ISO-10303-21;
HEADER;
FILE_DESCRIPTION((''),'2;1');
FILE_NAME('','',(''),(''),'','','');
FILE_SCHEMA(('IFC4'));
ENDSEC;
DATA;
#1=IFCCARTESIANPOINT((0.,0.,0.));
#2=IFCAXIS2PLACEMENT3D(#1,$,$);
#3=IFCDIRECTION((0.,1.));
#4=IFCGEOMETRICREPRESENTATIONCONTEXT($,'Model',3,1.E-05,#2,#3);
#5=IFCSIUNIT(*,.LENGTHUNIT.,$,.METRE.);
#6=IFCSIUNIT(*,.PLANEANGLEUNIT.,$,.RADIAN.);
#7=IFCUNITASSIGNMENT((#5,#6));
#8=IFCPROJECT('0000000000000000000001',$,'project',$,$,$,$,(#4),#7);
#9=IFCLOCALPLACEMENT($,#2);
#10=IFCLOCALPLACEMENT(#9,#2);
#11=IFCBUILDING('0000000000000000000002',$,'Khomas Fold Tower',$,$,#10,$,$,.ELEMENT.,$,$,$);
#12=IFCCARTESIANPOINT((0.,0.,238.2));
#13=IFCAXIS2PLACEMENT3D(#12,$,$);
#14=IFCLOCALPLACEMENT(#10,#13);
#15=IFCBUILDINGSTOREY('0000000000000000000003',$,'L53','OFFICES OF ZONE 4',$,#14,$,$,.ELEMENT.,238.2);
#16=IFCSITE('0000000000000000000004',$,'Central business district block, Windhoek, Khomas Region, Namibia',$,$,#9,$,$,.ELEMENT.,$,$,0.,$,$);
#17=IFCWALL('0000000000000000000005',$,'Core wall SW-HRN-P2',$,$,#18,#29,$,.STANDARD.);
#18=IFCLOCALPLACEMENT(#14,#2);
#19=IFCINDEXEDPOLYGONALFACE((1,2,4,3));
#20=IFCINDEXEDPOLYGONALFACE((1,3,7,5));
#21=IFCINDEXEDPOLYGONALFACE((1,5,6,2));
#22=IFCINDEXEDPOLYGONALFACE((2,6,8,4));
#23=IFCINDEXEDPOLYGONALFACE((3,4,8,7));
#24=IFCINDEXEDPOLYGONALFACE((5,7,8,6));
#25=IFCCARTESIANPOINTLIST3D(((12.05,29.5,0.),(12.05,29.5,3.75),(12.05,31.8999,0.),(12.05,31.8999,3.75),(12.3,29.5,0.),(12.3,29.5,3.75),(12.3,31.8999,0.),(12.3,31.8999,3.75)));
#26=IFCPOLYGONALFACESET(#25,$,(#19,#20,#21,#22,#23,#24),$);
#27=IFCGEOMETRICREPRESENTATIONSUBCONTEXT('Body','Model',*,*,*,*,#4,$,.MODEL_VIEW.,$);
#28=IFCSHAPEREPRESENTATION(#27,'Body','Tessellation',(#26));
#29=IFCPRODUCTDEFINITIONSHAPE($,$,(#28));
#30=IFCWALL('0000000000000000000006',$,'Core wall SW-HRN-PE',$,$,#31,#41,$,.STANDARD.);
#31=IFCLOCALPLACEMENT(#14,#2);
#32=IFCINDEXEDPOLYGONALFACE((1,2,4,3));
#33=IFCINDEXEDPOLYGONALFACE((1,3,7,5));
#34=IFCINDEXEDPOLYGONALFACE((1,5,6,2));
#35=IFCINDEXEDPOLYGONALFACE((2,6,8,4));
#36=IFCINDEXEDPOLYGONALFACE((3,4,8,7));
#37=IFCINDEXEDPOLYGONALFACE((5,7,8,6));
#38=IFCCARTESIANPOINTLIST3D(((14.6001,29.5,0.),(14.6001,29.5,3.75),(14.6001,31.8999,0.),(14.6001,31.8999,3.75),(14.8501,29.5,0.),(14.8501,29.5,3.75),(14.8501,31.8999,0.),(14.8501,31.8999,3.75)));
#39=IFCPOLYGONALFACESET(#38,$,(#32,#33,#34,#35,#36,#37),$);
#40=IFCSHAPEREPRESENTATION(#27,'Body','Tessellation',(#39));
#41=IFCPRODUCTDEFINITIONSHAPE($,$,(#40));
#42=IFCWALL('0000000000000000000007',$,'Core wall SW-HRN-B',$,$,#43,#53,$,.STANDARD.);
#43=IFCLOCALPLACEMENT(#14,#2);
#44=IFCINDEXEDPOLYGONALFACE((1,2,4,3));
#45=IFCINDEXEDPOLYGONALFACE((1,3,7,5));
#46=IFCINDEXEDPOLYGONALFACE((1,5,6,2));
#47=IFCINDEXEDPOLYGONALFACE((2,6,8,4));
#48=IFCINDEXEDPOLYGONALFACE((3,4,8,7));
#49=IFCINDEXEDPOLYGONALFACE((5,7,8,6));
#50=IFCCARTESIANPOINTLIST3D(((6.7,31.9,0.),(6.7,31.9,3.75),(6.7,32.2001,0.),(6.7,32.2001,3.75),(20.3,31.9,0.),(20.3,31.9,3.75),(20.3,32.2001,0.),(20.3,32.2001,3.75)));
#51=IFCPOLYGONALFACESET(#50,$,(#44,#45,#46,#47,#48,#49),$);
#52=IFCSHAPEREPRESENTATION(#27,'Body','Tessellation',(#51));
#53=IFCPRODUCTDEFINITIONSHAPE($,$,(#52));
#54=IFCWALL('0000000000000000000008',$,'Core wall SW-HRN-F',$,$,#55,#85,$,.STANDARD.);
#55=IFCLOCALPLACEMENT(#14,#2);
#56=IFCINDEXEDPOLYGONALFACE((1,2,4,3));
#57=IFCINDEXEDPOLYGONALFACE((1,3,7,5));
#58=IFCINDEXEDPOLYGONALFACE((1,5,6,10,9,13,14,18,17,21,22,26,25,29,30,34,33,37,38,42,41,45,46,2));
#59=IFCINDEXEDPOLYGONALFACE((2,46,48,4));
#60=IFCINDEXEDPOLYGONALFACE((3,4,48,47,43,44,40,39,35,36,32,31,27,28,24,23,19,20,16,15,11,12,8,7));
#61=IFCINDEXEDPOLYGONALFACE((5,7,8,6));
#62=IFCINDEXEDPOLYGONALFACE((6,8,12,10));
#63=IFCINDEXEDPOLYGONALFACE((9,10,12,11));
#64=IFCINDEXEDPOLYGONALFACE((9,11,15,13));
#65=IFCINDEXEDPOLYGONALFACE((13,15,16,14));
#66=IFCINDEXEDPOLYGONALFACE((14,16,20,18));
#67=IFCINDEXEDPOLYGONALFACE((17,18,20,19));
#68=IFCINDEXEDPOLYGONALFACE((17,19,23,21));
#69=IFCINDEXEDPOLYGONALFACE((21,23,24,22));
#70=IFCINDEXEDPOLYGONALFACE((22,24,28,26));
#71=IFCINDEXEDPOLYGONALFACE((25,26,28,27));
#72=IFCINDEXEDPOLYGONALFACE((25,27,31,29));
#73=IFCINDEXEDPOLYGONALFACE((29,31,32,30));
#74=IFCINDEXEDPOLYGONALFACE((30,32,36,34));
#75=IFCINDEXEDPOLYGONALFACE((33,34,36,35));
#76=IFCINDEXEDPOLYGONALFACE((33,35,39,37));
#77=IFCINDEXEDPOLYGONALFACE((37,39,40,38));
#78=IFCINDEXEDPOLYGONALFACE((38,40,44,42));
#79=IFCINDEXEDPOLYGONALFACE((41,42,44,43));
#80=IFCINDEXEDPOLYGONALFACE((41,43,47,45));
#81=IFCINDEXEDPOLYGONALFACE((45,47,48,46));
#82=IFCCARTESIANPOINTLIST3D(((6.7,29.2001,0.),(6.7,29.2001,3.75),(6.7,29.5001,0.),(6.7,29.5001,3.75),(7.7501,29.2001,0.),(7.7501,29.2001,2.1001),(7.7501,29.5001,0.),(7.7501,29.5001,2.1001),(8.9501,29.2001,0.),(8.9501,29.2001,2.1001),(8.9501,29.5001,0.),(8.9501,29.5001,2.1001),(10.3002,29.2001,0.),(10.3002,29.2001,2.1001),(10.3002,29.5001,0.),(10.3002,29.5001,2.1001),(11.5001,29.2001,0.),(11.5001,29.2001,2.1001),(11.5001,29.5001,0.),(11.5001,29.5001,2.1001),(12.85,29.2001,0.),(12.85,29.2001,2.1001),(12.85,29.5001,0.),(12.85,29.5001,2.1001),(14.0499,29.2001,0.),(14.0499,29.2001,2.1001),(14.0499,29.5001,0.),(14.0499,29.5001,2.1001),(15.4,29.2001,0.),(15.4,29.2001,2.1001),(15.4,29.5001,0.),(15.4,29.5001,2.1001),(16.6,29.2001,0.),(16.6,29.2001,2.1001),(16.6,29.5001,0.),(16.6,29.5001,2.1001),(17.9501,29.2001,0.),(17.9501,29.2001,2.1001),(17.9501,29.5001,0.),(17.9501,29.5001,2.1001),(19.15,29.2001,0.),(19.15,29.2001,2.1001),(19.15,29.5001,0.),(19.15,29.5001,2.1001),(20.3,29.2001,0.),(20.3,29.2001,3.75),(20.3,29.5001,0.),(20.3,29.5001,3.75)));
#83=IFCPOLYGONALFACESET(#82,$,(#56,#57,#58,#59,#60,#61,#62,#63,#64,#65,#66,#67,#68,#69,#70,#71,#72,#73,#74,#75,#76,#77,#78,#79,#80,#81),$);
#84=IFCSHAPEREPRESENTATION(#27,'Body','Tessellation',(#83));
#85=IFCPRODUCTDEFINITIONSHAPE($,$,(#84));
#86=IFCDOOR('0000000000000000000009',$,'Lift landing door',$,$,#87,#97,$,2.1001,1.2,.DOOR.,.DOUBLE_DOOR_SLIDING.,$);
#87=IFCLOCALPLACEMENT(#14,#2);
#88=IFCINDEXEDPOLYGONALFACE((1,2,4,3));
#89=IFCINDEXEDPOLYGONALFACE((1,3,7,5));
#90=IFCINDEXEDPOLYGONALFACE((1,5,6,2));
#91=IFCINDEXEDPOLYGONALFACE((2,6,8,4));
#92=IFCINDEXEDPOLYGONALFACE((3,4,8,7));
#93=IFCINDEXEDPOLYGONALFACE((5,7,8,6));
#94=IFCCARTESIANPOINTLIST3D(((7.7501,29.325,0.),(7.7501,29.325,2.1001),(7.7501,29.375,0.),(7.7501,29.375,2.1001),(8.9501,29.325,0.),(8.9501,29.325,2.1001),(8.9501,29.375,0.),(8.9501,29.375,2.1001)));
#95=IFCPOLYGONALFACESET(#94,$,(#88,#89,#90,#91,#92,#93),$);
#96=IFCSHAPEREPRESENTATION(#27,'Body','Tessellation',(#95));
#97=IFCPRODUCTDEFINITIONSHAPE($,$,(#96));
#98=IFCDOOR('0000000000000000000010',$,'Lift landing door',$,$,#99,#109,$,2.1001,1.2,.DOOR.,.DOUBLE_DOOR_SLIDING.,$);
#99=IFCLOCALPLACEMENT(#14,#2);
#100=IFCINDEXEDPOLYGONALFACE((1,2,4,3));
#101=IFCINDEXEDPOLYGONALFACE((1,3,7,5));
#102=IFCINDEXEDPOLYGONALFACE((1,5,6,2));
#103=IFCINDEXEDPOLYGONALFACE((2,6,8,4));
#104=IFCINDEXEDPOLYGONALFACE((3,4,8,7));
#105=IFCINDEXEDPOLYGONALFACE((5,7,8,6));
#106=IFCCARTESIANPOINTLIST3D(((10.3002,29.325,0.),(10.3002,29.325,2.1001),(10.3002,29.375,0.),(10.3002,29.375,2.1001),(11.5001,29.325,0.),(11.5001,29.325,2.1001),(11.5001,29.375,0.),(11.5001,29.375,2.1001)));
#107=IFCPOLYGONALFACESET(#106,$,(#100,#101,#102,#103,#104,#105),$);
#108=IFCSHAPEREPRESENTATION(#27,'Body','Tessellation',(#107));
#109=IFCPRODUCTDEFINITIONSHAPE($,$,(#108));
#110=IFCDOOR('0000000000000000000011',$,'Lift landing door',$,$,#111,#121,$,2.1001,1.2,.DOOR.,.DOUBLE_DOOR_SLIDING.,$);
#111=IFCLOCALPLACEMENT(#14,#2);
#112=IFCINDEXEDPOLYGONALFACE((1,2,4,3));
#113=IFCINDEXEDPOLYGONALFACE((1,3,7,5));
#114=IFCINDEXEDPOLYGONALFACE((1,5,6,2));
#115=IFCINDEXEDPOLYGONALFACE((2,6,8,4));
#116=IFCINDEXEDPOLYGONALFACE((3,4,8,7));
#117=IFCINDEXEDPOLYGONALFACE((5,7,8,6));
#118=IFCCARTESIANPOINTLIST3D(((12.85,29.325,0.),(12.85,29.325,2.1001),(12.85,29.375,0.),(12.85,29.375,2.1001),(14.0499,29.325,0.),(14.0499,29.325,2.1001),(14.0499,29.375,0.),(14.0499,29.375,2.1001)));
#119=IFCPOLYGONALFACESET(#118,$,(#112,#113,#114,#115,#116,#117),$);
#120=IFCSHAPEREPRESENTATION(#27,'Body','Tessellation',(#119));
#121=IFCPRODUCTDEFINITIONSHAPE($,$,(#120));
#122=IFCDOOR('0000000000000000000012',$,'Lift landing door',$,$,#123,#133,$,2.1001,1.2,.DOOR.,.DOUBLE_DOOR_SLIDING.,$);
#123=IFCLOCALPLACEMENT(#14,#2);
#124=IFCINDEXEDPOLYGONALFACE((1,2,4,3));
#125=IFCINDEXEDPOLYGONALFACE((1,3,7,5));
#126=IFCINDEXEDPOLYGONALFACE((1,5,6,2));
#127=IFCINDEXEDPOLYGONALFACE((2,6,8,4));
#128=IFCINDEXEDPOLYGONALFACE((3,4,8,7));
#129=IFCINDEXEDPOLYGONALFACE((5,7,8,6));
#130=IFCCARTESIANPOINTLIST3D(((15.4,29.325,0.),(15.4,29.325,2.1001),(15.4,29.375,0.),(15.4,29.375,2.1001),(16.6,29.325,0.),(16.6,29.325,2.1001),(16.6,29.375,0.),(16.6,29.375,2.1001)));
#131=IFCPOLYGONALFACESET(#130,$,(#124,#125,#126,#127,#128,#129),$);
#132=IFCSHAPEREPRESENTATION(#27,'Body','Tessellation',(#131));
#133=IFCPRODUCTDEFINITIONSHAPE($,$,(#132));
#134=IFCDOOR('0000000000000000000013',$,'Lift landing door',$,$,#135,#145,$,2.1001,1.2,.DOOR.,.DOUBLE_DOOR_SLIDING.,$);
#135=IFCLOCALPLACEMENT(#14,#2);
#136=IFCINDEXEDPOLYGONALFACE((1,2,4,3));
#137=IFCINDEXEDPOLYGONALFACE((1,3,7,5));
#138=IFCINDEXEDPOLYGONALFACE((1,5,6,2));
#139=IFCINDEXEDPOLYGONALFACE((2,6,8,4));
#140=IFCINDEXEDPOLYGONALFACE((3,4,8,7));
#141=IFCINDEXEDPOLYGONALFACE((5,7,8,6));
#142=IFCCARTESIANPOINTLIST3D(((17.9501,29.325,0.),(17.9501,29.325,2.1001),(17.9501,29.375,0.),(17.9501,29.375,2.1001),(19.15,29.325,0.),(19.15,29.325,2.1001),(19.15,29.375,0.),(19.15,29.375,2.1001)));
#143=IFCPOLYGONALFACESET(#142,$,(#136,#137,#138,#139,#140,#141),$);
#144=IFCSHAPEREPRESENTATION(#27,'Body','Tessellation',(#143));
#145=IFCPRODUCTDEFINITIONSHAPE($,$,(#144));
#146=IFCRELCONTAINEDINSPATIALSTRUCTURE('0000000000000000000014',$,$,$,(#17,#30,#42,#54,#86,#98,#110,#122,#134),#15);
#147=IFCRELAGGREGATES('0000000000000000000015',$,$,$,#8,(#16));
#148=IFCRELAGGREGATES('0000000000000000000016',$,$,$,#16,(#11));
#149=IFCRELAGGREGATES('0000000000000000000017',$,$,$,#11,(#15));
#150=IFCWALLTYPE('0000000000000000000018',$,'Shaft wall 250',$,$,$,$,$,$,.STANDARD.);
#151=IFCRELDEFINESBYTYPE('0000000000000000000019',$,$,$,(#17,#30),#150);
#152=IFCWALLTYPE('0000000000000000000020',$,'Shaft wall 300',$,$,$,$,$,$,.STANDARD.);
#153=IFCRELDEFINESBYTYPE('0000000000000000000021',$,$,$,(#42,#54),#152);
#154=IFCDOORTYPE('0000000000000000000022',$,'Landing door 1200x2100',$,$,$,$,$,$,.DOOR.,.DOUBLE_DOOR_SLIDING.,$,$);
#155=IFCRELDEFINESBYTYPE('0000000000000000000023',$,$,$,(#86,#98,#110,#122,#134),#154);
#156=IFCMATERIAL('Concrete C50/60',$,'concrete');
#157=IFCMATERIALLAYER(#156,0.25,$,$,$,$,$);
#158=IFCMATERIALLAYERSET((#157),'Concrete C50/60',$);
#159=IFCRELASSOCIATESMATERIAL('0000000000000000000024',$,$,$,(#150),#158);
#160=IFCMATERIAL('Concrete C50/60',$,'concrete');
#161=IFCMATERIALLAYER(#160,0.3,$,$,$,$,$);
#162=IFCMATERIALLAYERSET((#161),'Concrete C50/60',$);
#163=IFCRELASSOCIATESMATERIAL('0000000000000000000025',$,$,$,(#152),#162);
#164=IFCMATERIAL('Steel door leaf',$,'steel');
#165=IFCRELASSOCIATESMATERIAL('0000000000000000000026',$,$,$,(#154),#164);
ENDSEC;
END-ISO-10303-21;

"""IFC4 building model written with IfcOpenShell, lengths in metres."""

from ifc_helpers import new_model, si_unit, direction, frame, frame_2d, origin, place, context, subcontext, project, spatial, rectangle, extrude, source, transform, mapped, material, layer, layer_set, type_object, element, fill, save


model = new_model("IFC4")

# Units and contexts
model_context = context("Model", 3, precision=1e-05, world=origin(), true_north=direction((0.0, 1.0)))
body_context = subcontext(model_context, "Body", "Model", "MODEL_VIEW")
ifc_project = project(units=[si_unit("LENGTHUNIT", "METRE"), si_unit("PLANEANGLEUNIT", "RADIAN")], contexts=[model_context])

# Site, building, storey
site_placement = place(None, origin())
site = spatial("IfcSite", under=ifc_project, at=site_placement, Name="Central business district block, Windhoek, Khomas Region, Namibia", CompositionType="ELEMENT", RefElevation=0.0)
building_placement = place(site_placement, origin())
building = spatial("IfcBuilding", under=site, at=building_placement, Name="Khomas Fold Tower", CompositionType="ELEMENT")
storey_placement = place(building_placement, frame((0.0, 0.0, 238.2)))
storey = spatial("IfcBuildingStorey", under=building, at=storey_placement, Name="L53", Description="OFFICES OF ZONE 4", CompositionType="ELEMENT", Elevation=238.2)

# Walls
ifc_material_1 = material(Name="Concrete C50/60", Category="concrete")
ifc_layer_1 = layer(ifc_material_1, 0.25)
ifc_layer_set_1 = layer_set([ifc_layer_1], Name="Concrete C50/60")
wall_type_1 = type_object("IfcWallType", Name="Shaft wall 250", PredefinedType="STANDARD", material=ifc_layer_set_1)
shared_shape_1 = source(origin(), body_context, "Body", "SweptSolid", [
    extrude(rectangle(XDim=2.3999, YDim=0.25, at=frame_2d((1.2, 0.0))), origin(), (0.0, 0.0, 1.0), 3.75),
])
for number, where, z_axis, x_axis, name in (
    (1, (12.175, 29.5, 0.0), (0.0, 0.0, 1.0), (0.0, 1.0, 0.0), "Core wall SW-HRN-P2"),
    (2, (14.7251, 29.5, 0.0), (0.0, 0.0, 1.0), (0.0, 1.0, 0.0), "Core wall SW-HRN-PE"),
):
    element("IfcWall", number, at=place(storey_placement, frame(where, z_axis=z_axis, x_axis=x_axis)), inside=storey, type_object=wall_type_1, Name=name, PredefinedType="STANDARD", context=body_context, shape_type="MappedRepresentation", body=[
        mapped(shared_shape_1, transform((0.0, 0.0, 0.0))),
    ])
ifc_material_2 = material(Name="Concrete C50/60", Category="concrete")
ifc_layer_2 = layer(ifc_material_2, 0.3)
ifc_layer_set_2 = layer_set([ifc_layer_2], Name="Concrete C50/60")
wall_type_2 = type_object("IfcWallType", Name="Shaft wall 300", PredefinedType="STANDARD", material=ifc_layer_set_2)
shared_shape_2 = source(origin(), body_context, "Body", "SweptSolid", [
    extrude(rectangle(XDim=13.6001, YDim=0.3, at=frame_2d((6.8, 0.0))), origin(), (0.0, 0.0, 1.0), 3.75),
])
wall_1_placement = place(storey_placement, frame((6.7, 32.05, 0.0), z_axis=(0.0, 0.0, 1.0), x_axis=(1.0, 0.0, 0.0)))
element("IfcWall", 3, at=wall_1_placement, inside=storey, type_object=wall_type_2, Name="Core wall SW-HRN-B", PredefinedType="STANDARD", context=body_context, shape_type="MappedRepresentation", body=[
    mapped(shared_shape_2, transform((0.0, 0.0, 0.0))),
])

# Wall, openings, doors
wall_2_placement = place(storey_placement, frame((6.7, 29.3501, 0.0), z_axis=(0.0, 0.0, 1.0), x_axis=(1.0, 0.0, 0.0)))
wall_2 = element("IfcWall", 4, at=wall_2_placement, inside=storey, type_object=wall_type_2, Name="Core wall SW-HRN-F", PredefinedType="STANDARD", context=body_context, shape_type="MappedRepresentation", body=[
    mapped(shared_shape_2, transform((0.0, 0.0, 0.0))),
])
shared_shape_3 = source(origin(), body_context, "Body", "SweptSolid", [
    extrude(rectangle(XDim=1.2, YDim=2.1001, at=frame_2d((0.6001, 1.05))), frame((0.0, 0.1599, 0.0), z_axis=(0.0, -1.0, 0.0), x_axis=(1.0, 0.0, 0.0)), (0.0, 0.0, 1.0), 0.3201),
])
opening_1_placement = place(wall_2_placement, frame((1.05, 0.0, 0.0)))
opening_1 = element("IfcOpeningElement", 5, at=opening_1_placement, cuts=wall_2, PredefinedType="OPENING", context=body_context, shape_type="MappedRepresentation", body=[
    mapped(shared_shape_3, transform((0.0, 0.0, 0.0))),
])
opening_2_placement = place(wall_2_placement, frame((3.6001, 0.0, 0.0)))
opening_2 = element("IfcOpeningElement", 6, at=opening_2_placement, cuts=wall_2, PredefinedType="OPENING", context=body_context, shape_type="MappedRepresentation", body=[
    mapped(shared_shape_3, transform((0.0, 0.0, 0.0))),
])
opening_3_placement = place(wall_2_placement, frame((6.1499, 0.0, 0.0)))
opening_3 = element("IfcOpeningElement", 7, at=opening_3_placement, cuts=wall_2, PredefinedType="OPENING", context=body_context, shape_type="MappedRepresentation", body=[
    mapped(shared_shape_3, transform((0.0, 0.0, 0.0))),
])
opening_4_placement = place(wall_2_placement, frame((8.7, 0.0, 0.0)))
opening_4 = element("IfcOpeningElement", 8, at=opening_4_placement, cuts=wall_2, PredefinedType="OPENING", context=body_context, shape_type="MappedRepresentation", body=[
    mapped(shared_shape_3, transform((0.0, 0.0, 0.0))),
])
opening_5_placement = place(wall_2_placement, frame((11.25, 0.0, 0.0)))
opening_5 = element("IfcOpeningElement", 9, at=opening_5_placement, cuts=wall_2, PredefinedType="OPENING", context=body_context, shape_type="MappedRepresentation", body=[
    mapped(shared_shape_3, transform((0.0, 0.0, 0.0))),
])
ifc_material_3 = material(Name="Steel door leaf", Category="steel")
door_type = type_object("IfcDoorType", Name="Landing door 1200x2100", OperationType="DOUBLE_DOOR_SLIDING", PredefinedType="DOOR", material=ifc_material_3)
shared_shape_4 = source(origin(), body_context, "Body", "SweptSolid", [
    extrude(rectangle(XDim=1.2, YDim=2.1001, at=frame_2d((0.6001, 1.05))), frame((0.0, 0.0249, 0.0), z_axis=(0.0, -1.0, 0.0), x_axis=(1.0, 0.0, 0.0)), (0.0, 0.0, 1.0), 0.05),
])
door_1_placement = place(opening_1_placement, origin())
door_1 = element("IfcDoor", 10, at=door_1_placement, inside=storey, type_object=door_type, Name="Lift landing door", OperationType="DOUBLE_DOOR_SLIDING", OverallHeight=2.1001, OverallWidth=1.2, PredefinedType="DOOR", context=body_context, shape_type="MappedRepresentation", body=[
    mapped(shared_shape_4, transform((0.0, 0.0, 0.0))),
])
fill(opening_1, door_1)
door_2_placement = place(opening_2_placement, origin())
door_2 = element("IfcDoor", 11, at=door_2_placement, inside=storey, type_object=door_type, Name="Lift landing door", OperationType="DOUBLE_DOOR_SLIDING", OverallHeight=2.1001, OverallWidth=1.2, PredefinedType="DOOR", context=body_context, shape_type="MappedRepresentation", body=[
    mapped(shared_shape_4, transform((0.0, 0.0, 0.0))),
])
fill(opening_2, door_2)
door_3_placement = place(opening_3_placement, origin())
door_3 = element("IfcDoor", 12, at=door_3_placement, inside=storey, type_object=door_type, Name="Lift landing door", OperationType="DOUBLE_DOOR_SLIDING", OverallHeight=2.1001, OverallWidth=1.2, PredefinedType="DOOR", context=body_context, shape_type="MappedRepresentation", body=[
    mapped(shared_shape_4, transform((0.0, 0.0, 0.0))),
])
fill(opening_3, door_3)
door_4_placement = place(opening_4_placement, origin())
door_4 = element("IfcDoor", 13, at=door_4_placement, inside=storey, type_object=door_type, Name="Lift landing door", OperationType="DOUBLE_DOOR_SLIDING", OverallHeight=2.1001, OverallWidth=1.2, PredefinedType="DOOR", context=body_context, shape_type="MappedRepresentation", body=[
    mapped(shared_shape_4, transform((0.0, 0.0, 0.0))),
])
fill(opening_4, door_4)
door_5_placement = place(opening_5_placement, origin())
door_5 = element("IfcDoor", 14, at=door_5_placement, inside=storey, type_object=door_type, Name="Lift landing door", OperationType="DOUBLE_DOOR_SLIDING", OverallHeight=2.1001, OverallWidth=1.2, PredefinedType="DOOR", context=body_context, shape_type="MappedRepresentation", body=[
    mapped(shared_shape_4, transform((0.0, 0.0, 0.0))),
])
fill(opening_5, door_5)

save(model, "model.ifc")
